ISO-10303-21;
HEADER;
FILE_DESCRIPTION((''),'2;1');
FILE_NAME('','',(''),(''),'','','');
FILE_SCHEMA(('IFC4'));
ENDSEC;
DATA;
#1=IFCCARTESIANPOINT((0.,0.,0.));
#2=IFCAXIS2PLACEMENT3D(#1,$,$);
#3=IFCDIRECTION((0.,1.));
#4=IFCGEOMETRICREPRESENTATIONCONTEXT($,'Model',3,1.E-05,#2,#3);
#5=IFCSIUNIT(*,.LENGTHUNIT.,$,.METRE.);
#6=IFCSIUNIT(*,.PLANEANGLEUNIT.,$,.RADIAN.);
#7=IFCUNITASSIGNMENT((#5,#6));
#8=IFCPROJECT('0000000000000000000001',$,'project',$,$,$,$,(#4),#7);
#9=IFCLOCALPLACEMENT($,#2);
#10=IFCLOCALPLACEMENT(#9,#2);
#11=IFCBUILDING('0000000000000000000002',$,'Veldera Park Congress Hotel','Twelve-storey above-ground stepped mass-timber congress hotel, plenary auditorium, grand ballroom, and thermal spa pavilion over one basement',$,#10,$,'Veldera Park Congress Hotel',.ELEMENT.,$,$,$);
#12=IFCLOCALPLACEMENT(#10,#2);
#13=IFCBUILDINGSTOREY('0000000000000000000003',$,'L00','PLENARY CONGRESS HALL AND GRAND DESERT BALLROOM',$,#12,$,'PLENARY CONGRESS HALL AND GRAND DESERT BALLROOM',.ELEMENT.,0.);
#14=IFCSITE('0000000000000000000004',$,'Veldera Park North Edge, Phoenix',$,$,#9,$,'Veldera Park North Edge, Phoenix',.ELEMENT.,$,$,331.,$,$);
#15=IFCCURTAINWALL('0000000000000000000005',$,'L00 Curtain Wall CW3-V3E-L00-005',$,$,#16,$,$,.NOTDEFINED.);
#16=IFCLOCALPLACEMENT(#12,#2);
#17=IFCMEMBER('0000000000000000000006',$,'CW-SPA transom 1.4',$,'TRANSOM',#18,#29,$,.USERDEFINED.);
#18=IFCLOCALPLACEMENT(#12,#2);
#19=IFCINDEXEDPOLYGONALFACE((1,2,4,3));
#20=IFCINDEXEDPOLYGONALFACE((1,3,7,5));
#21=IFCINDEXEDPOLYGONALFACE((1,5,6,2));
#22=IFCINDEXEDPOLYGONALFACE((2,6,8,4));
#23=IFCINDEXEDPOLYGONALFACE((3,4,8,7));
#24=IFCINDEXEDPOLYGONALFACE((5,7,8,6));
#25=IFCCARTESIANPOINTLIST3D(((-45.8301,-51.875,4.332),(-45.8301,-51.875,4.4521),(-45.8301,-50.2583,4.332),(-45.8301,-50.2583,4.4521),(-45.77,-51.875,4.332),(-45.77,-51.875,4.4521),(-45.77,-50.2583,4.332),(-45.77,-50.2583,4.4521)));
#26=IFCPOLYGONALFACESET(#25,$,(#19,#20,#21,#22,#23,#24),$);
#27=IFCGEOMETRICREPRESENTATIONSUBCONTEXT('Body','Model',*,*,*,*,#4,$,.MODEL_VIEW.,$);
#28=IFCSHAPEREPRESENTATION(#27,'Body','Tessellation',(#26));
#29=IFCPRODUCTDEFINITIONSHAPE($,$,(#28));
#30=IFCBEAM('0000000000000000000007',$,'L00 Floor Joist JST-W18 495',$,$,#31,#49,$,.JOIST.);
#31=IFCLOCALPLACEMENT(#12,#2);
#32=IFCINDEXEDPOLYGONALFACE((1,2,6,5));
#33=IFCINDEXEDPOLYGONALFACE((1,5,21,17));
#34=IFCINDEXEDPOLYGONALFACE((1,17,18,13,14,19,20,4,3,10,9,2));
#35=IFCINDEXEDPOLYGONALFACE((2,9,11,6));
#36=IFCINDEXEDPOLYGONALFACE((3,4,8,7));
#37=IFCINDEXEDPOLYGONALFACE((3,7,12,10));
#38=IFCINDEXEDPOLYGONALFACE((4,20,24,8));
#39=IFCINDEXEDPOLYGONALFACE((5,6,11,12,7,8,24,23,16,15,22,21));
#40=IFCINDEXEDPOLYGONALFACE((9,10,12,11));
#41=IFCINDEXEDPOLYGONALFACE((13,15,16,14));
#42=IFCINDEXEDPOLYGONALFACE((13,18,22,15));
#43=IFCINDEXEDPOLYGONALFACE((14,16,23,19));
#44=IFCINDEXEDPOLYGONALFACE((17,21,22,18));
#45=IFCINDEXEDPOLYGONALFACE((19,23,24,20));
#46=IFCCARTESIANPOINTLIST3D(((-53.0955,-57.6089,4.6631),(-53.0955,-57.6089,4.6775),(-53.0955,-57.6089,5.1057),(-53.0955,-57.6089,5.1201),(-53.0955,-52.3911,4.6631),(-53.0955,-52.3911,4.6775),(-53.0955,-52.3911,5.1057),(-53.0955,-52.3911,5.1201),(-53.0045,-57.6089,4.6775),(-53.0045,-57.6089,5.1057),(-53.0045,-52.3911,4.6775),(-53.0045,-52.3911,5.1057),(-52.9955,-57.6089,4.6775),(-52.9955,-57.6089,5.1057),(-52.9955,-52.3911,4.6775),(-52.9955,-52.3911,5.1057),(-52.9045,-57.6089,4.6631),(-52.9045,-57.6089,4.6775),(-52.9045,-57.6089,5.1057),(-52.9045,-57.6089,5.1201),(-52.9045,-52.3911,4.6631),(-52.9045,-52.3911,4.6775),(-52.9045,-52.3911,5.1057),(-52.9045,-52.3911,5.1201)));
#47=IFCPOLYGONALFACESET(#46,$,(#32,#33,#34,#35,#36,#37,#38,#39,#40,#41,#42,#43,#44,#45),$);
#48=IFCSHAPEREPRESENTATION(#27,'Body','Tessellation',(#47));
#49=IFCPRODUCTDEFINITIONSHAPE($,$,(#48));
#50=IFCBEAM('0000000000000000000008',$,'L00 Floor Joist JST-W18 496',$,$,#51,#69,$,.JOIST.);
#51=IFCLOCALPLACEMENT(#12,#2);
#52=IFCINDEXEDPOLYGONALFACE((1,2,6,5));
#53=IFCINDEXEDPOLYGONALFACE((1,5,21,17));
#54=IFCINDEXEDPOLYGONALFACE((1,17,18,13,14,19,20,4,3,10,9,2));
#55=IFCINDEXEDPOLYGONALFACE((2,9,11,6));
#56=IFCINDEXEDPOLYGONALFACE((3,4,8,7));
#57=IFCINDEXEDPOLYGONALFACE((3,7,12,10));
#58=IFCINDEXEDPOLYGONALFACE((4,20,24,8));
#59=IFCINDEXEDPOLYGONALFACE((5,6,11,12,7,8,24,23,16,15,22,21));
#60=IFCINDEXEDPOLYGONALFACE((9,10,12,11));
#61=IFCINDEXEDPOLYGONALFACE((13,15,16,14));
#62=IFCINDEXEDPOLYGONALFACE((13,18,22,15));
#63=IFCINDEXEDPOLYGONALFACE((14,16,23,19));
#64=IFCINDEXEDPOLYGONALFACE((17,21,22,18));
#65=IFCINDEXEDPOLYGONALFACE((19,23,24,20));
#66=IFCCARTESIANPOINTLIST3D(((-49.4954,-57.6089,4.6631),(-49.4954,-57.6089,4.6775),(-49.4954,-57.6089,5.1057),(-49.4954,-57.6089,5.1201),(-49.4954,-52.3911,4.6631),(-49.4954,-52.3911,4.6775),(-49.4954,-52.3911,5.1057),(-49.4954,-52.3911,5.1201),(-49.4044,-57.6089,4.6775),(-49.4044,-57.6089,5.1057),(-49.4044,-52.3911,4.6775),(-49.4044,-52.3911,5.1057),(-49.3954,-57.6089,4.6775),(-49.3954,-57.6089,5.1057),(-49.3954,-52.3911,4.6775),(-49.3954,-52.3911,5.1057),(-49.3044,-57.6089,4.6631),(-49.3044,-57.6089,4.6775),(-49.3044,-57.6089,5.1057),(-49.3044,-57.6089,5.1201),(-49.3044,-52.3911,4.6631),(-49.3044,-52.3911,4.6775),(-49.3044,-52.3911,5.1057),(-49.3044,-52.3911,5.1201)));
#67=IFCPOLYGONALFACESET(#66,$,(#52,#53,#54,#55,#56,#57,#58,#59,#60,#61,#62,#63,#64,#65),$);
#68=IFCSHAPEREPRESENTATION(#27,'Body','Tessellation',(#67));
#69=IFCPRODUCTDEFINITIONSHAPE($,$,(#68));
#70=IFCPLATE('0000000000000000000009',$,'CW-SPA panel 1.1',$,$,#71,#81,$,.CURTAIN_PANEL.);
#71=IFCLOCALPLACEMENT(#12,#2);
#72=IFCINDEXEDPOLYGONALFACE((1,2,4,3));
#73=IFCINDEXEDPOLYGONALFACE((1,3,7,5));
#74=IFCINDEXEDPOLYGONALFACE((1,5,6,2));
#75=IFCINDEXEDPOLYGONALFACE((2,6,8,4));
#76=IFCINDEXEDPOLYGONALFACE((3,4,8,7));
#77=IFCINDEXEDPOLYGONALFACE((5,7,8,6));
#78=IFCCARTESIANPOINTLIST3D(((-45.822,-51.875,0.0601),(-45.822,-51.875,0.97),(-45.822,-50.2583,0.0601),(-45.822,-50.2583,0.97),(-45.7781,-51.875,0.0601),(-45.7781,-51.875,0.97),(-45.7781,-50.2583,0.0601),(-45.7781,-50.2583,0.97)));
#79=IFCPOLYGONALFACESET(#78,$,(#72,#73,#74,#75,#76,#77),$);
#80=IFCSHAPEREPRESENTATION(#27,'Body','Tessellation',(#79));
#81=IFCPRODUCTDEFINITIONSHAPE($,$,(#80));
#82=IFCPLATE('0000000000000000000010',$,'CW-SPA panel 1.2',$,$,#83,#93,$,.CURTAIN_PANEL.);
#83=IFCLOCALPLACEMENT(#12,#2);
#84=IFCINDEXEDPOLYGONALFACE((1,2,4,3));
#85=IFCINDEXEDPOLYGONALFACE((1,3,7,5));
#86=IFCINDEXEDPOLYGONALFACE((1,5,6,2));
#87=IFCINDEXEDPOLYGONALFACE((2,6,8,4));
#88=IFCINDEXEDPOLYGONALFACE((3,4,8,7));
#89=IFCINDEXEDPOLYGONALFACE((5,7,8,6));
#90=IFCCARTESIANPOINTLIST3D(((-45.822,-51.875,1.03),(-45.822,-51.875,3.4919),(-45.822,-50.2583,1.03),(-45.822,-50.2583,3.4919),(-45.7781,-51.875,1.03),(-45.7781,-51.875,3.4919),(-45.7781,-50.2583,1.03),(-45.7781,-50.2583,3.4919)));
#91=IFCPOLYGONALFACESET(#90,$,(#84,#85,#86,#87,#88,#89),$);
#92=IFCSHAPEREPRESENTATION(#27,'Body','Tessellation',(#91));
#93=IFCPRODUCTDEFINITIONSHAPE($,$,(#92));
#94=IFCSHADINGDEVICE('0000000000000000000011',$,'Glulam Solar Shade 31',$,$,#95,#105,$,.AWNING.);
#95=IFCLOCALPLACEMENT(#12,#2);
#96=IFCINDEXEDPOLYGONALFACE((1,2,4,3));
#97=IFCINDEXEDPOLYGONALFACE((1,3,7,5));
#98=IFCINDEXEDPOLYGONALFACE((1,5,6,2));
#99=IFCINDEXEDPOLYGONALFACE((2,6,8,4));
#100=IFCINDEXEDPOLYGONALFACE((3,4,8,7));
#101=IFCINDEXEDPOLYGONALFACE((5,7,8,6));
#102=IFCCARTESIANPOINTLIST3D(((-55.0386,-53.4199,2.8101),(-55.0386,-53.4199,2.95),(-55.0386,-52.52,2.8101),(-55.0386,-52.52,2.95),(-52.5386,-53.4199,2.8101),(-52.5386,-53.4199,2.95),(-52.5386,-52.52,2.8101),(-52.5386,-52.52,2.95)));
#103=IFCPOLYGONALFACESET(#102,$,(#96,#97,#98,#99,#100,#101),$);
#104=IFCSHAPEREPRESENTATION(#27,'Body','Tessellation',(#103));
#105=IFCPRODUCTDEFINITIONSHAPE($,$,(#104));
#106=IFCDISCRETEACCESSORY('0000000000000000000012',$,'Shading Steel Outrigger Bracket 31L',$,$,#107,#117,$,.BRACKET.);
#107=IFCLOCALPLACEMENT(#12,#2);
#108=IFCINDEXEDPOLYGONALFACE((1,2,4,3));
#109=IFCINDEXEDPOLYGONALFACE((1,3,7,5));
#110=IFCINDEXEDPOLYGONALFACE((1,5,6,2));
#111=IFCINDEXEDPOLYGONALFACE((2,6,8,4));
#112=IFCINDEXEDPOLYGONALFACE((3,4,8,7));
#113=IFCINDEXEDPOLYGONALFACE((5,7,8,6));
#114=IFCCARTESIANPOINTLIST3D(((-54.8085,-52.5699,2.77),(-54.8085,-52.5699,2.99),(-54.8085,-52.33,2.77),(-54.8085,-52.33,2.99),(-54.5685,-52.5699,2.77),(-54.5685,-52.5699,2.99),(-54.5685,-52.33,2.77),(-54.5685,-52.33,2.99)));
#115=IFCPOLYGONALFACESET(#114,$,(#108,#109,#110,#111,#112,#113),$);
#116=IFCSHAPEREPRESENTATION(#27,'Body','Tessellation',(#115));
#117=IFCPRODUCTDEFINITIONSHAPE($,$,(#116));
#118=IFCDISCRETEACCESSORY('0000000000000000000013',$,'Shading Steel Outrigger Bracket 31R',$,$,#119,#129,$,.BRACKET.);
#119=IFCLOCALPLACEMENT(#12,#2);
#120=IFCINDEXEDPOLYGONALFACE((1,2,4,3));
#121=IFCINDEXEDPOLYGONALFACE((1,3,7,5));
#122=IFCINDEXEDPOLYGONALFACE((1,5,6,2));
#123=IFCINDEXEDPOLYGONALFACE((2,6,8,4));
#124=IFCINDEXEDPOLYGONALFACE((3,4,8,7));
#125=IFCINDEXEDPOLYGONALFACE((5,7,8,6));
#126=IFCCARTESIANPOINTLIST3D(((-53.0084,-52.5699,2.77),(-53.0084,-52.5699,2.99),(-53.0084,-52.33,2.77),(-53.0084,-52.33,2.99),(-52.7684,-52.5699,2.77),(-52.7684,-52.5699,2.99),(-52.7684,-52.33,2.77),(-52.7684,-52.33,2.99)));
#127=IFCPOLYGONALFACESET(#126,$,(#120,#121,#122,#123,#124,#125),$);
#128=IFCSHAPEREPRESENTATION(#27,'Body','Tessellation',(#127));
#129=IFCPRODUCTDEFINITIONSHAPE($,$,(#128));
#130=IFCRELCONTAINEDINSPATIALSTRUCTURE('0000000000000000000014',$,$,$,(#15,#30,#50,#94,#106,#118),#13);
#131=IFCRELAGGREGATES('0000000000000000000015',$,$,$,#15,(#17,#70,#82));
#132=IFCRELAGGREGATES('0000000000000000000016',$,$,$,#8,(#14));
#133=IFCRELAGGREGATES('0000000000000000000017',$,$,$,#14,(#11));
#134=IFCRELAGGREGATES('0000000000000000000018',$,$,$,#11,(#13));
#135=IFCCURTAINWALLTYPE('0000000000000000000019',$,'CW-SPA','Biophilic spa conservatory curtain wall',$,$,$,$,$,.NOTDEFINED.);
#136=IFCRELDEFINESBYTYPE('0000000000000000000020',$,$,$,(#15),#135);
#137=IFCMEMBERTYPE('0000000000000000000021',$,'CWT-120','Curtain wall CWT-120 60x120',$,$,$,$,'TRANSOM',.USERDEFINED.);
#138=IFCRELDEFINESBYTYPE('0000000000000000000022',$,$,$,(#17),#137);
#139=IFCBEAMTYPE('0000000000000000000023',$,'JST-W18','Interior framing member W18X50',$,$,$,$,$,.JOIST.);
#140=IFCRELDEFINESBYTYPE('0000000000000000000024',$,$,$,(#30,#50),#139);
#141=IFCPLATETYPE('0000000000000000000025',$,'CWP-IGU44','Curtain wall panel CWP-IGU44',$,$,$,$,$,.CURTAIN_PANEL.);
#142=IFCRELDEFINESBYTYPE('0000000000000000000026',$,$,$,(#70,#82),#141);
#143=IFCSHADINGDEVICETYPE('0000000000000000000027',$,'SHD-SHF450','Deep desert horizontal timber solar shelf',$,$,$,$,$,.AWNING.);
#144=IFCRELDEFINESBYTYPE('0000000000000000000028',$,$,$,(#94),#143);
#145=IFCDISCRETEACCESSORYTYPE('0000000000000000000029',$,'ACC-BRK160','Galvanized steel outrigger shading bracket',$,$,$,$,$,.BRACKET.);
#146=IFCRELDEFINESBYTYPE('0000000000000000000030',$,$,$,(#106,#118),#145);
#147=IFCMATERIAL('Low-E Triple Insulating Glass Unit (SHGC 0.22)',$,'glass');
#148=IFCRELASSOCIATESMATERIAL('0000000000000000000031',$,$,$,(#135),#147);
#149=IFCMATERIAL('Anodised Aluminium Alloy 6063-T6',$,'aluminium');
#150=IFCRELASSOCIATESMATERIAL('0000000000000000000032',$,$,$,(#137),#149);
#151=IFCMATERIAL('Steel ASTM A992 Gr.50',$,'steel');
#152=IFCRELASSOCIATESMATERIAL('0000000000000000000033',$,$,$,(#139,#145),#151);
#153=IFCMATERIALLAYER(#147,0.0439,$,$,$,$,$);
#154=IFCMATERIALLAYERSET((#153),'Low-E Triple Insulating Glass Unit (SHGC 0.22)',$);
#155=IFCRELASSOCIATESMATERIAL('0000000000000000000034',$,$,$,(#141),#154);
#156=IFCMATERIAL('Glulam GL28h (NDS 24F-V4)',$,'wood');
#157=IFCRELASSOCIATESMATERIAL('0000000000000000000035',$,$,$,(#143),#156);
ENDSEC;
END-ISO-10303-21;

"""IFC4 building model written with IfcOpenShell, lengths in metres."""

from ifc_helpers import new_model, si_unit, direction, frame, origin, origin_2d, place, context, subcontext, project, spatial, rectangle, i_section, extrude, material, layer, layer_set, material_profile, profile_set, type_object, element, aggregate, save


model = new_model("IFC4")

# Units and contexts
model_context = context("Model", 3, precision=1e-05, world=origin(), true_north=direction((0.0, 1.0)))
body_context = subcontext(model_context, "Body", "Model", "MODEL_VIEW")
ifc_project = project(units=[si_unit("LENGTHUNIT", "METRE"), si_unit("PLANEANGLEUNIT", "RADIAN")], contexts=[model_context])

# Site, building, storey
site_placement = place(None, origin())
site = spatial("IfcSite", under=ifc_project, at=site_placement, Name="Veldera Park North Edge, Phoenix", LongName="Veldera Park North Edge, Phoenix", CompositionType="ELEMENT", RefElevation=331.0)
building_placement = place(site_placement, origin())
building = spatial("IfcBuilding", under=site, at=building_placement, Name="Veldera Park Congress Hotel", Description="Twelve-storey above-ground stepped mass-timber congress hotel, plenary auditorium, grand ballroom, and thermal spa pavilion over one basement", LongName="Veldera Park Congress Hotel", CompositionType="ELEMENT")
storey_placement = place(building_placement, origin())
storey = spatial("IfcBuildingStorey", under=building, at=storey_placement, Name="L00", Description="PLENARY CONGRESS HALL AND GRAND DESERT BALLROOM", LongName="PLENARY CONGRESS HALL AND GRAND DESERT BALLROOM", CompositionType="ELEMENT", Elevation=0.0)

# Shared definitions
ifc_material_1 = material(Name="Glulam GL28h (NDS 24F-V4)", Category="wood")

# Shared definitions
ifc_material_2 = material(Name="Steel ASTM A992 Gr.50", Category="steel")

# Curtain wall, member
ifc_material_3 = material(Name="Low-E Triple Insulating Glass Unit (SHGC 0.22)", Category="glass")
curtain_wall_type = type_object("IfcCurtainWallType", Name="CW-SPA", Description="Biophilic spa conservatory curtain wall", PredefinedType="NOTDEFINED", material=ifc_material_3)
curtain_wall_placement = place(storey_placement, origin())
curtain_wall = element("IfcCurtainWall", 1, at=curtain_wall_placement, inside=storey, type_object=curtain_wall_type, Name="L00 Curtain Wall CW3-V3E-L00-005", PredefinedType="NOTDEFINED")
ifc_material_4 = material(Name="Anodised Aluminium Alloy 6063-T6", Category="aluminium")
ifc_material_profile_1 = material_profile(ifc_material_4, rectangle(XDim=0.0601, YDim=0.1201, at=origin_2d()), Name="ALU 60x120")
ifc_profile_set_1 = profile_set([ifc_material_profile_1], Name="Anodised Aluminium Alloy 6063-T6")
member_type_1 = type_object("IfcMemberType", Name="CWT-120", Description="Curtain wall CWT-120 60x120", ElementType="TRANSOM", PredefinedType="USERDEFINED", material=ifc_profile_set_1)
member_1_placement = place(storey_placement, frame((-45.8, -51.875, 4.3921), z_axis=(0.0, 1.0, 0.0), x_axis=(-1.0, 0.0, 0.0)))
member_1 = element("IfcMember", 2, at=member_1_placement, type_object=member_type_1, Name="CW-SPA transom 1.4", ObjectType="TRANSOM", PredefinedType="USERDEFINED", context=body_context, shape_type="SweptSolid", body=[
    extrude(rectangle(XDim=0.0601, YDim=0.1201, at=origin_2d()), origin(), (0.0, 0.0, 1.0), 1.6167),
])

# Beams
ifc_material_profile_2 = material_profile(ifc_material_2, i_section(OverallWidth=0.1909, OverallDepth=0.457, WebThickness=0.009, FlangeThickness=0.0144, at=origin_2d()), Name="W18X50")
ifc_profile_set_2 = profile_set([ifc_material_profile_2], Name="Steel ASTM A992 Gr.50")
beam_type_1 = type_object("IfcBeamType", Name="JST-W18", Description="Interior framing member W18X50", PredefinedType="JOIST", material=ifc_profile_set_2)
for number, where, z_axis, x_axis, name in (
    (3, (-53.0, -57.6089, 4.8916), (0.0, 1.0, 0.0), (-1.0, 0.0, 0.0), "L00 Floor Joist JST-W18 495"),
    (4, (-49.3999, -57.6089, 4.8916), (0.0, 1.0, 0.0), (-1.0, 0.0, 0.0), "L00 Floor Joist JST-W18 496"),
):
    element("IfcBeam", number, at=place(storey_placement, frame(where, z_axis=z_axis, x_axis=x_axis)), inside=storey, type_object=beam_type_1, Name=name, PredefinedType="JOIST", context=body_context, shape_type="SweptSolid", body=[
        extrude(i_section(OverallWidth=0.1909, OverallDepth=0.457, WebThickness=0.009, FlangeThickness=0.0144, at=origin_2d()), origin(), (0.0, 0.0, 1.0), 5.2178),
    ])

# Plates
ifc_layer_1 = layer(ifc_material_3, 0.0439)
ifc_layer_set_1 = layer_set([ifc_layer_1], Name="Low-E Triple Insulating Glass Unit (SHGC 0.22)")
plate_type = type_object("IfcPlateType", Name="CWP-IGU44", Description="Curtain wall panel CWP-IGU44", PredefinedType="CURTAIN_PANEL", material=ifc_layer_set_1)
plate_1_placement = place(storey_placement, frame((-45.8, -51.0667, 0.0601), z_axis=(0.0, 0.0, 1.0), x_axis=(0.0, 1.0, 0.0)))
plate_1 = element("IfcPlate", 5, at=plate_1_placement, type_object=plate_type, Name="CW-SPA panel 1.1", PredefinedType="CURTAIN_PANEL", context=body_context, shape_type="SweptSolid", body=[
    extrude(rectangle(XDim=1.6167, YDim=0.0439, at=origin_2d()), origin(), (0.0, 0.0, 1.0), 0.9099),
])
plate_2_placement = place(storey_placement, frame((-45.8, -51.0667, 1.03), z_axis=(0.0, 0.0, 1.0), x_axis=(0.0, 1.0, 0.0)))
plate_2 = element("IfcPlate", 6, at=plate_2_placement, type_object=plate_type, Name="CW-SPA panel 1.2", PredefinedType="CURTAIN_PANEL", context=body_context, shape_type="SweptSolid", body=[
    extrude(rectangle(XDim=1.6167, YDim=0.0439, at=origin_2d()), origin(), (0.0, 0.0, 1.0), 2.4619),
])
aggregate(curtain_wall, [member_1, plate_1, plate_2])

# Shading device
shading_device_type = type_object("IfcShadingDeviceType", Name="SHD-SHF450", Description="Deep desert horizontal timber solar shelf", PredefinedType="AWNING", material=ifc_material_1)
shading_device_placement = place(storey_placement, frame((-53.7886, -52.97, 2.8101), z_axis=(0.0, 0.0, 1.0), x_axis=(1.0, 0.0, 0.0)))
element("IfcShadingDevice", 7, at=shading_device_placement, inside=storey, type_object=shading_device_type, Name="Glulam Solar Shade 31", PredefinedType="AWNING", context=body_context, shape_type="SweptSolid", body=[
    extrude(rectangle(XDim=2.5, YDim=0.8999, at=origin_2d()), origin(), (0.0, 0.0, 1.0), 0.1399),
])

# Discrete accessories
discrete_accessory_type = type_object("IfcDiscreteAccessoryType", Name="ACC-BRK160", Description="Galvanized steel outrigger shading bracket", PredefinedType="BRACKET", material=ifc_material_2)
for number, where, z_axis, x_axis, name in (
    (8, (-54.6885, -52.45, 2.77), (0.0, 0.0, 1.0), (1.0, 0.0, 0.0), "Shading Steel Outrigger Bracket 31L"),
    (9, (-52.8884, -52.45, 2.77), (0.0, 0.0, 1.0), (1.0, 0.0, 0.0), "Shading Steel Outrigger Bracket 31R"),
):
    element("IfcDiscreteAccessory", number, at=place(storey_placement, frame(where, z_axis=z_axis, x_axis=x_axis)), inside=storey, type_object=discrete_accessory_type, Name=name, PredefinedType="BRACKET", context=body_context, shape_type="SweptSolid", body=[
        extrude(rectangle(XDim=0.24, YDim=0.24, at=origin_2d()), origin(), (0.0, 0.0, 1.0), 0.22),
    ])

save(model, "model.ifc")
